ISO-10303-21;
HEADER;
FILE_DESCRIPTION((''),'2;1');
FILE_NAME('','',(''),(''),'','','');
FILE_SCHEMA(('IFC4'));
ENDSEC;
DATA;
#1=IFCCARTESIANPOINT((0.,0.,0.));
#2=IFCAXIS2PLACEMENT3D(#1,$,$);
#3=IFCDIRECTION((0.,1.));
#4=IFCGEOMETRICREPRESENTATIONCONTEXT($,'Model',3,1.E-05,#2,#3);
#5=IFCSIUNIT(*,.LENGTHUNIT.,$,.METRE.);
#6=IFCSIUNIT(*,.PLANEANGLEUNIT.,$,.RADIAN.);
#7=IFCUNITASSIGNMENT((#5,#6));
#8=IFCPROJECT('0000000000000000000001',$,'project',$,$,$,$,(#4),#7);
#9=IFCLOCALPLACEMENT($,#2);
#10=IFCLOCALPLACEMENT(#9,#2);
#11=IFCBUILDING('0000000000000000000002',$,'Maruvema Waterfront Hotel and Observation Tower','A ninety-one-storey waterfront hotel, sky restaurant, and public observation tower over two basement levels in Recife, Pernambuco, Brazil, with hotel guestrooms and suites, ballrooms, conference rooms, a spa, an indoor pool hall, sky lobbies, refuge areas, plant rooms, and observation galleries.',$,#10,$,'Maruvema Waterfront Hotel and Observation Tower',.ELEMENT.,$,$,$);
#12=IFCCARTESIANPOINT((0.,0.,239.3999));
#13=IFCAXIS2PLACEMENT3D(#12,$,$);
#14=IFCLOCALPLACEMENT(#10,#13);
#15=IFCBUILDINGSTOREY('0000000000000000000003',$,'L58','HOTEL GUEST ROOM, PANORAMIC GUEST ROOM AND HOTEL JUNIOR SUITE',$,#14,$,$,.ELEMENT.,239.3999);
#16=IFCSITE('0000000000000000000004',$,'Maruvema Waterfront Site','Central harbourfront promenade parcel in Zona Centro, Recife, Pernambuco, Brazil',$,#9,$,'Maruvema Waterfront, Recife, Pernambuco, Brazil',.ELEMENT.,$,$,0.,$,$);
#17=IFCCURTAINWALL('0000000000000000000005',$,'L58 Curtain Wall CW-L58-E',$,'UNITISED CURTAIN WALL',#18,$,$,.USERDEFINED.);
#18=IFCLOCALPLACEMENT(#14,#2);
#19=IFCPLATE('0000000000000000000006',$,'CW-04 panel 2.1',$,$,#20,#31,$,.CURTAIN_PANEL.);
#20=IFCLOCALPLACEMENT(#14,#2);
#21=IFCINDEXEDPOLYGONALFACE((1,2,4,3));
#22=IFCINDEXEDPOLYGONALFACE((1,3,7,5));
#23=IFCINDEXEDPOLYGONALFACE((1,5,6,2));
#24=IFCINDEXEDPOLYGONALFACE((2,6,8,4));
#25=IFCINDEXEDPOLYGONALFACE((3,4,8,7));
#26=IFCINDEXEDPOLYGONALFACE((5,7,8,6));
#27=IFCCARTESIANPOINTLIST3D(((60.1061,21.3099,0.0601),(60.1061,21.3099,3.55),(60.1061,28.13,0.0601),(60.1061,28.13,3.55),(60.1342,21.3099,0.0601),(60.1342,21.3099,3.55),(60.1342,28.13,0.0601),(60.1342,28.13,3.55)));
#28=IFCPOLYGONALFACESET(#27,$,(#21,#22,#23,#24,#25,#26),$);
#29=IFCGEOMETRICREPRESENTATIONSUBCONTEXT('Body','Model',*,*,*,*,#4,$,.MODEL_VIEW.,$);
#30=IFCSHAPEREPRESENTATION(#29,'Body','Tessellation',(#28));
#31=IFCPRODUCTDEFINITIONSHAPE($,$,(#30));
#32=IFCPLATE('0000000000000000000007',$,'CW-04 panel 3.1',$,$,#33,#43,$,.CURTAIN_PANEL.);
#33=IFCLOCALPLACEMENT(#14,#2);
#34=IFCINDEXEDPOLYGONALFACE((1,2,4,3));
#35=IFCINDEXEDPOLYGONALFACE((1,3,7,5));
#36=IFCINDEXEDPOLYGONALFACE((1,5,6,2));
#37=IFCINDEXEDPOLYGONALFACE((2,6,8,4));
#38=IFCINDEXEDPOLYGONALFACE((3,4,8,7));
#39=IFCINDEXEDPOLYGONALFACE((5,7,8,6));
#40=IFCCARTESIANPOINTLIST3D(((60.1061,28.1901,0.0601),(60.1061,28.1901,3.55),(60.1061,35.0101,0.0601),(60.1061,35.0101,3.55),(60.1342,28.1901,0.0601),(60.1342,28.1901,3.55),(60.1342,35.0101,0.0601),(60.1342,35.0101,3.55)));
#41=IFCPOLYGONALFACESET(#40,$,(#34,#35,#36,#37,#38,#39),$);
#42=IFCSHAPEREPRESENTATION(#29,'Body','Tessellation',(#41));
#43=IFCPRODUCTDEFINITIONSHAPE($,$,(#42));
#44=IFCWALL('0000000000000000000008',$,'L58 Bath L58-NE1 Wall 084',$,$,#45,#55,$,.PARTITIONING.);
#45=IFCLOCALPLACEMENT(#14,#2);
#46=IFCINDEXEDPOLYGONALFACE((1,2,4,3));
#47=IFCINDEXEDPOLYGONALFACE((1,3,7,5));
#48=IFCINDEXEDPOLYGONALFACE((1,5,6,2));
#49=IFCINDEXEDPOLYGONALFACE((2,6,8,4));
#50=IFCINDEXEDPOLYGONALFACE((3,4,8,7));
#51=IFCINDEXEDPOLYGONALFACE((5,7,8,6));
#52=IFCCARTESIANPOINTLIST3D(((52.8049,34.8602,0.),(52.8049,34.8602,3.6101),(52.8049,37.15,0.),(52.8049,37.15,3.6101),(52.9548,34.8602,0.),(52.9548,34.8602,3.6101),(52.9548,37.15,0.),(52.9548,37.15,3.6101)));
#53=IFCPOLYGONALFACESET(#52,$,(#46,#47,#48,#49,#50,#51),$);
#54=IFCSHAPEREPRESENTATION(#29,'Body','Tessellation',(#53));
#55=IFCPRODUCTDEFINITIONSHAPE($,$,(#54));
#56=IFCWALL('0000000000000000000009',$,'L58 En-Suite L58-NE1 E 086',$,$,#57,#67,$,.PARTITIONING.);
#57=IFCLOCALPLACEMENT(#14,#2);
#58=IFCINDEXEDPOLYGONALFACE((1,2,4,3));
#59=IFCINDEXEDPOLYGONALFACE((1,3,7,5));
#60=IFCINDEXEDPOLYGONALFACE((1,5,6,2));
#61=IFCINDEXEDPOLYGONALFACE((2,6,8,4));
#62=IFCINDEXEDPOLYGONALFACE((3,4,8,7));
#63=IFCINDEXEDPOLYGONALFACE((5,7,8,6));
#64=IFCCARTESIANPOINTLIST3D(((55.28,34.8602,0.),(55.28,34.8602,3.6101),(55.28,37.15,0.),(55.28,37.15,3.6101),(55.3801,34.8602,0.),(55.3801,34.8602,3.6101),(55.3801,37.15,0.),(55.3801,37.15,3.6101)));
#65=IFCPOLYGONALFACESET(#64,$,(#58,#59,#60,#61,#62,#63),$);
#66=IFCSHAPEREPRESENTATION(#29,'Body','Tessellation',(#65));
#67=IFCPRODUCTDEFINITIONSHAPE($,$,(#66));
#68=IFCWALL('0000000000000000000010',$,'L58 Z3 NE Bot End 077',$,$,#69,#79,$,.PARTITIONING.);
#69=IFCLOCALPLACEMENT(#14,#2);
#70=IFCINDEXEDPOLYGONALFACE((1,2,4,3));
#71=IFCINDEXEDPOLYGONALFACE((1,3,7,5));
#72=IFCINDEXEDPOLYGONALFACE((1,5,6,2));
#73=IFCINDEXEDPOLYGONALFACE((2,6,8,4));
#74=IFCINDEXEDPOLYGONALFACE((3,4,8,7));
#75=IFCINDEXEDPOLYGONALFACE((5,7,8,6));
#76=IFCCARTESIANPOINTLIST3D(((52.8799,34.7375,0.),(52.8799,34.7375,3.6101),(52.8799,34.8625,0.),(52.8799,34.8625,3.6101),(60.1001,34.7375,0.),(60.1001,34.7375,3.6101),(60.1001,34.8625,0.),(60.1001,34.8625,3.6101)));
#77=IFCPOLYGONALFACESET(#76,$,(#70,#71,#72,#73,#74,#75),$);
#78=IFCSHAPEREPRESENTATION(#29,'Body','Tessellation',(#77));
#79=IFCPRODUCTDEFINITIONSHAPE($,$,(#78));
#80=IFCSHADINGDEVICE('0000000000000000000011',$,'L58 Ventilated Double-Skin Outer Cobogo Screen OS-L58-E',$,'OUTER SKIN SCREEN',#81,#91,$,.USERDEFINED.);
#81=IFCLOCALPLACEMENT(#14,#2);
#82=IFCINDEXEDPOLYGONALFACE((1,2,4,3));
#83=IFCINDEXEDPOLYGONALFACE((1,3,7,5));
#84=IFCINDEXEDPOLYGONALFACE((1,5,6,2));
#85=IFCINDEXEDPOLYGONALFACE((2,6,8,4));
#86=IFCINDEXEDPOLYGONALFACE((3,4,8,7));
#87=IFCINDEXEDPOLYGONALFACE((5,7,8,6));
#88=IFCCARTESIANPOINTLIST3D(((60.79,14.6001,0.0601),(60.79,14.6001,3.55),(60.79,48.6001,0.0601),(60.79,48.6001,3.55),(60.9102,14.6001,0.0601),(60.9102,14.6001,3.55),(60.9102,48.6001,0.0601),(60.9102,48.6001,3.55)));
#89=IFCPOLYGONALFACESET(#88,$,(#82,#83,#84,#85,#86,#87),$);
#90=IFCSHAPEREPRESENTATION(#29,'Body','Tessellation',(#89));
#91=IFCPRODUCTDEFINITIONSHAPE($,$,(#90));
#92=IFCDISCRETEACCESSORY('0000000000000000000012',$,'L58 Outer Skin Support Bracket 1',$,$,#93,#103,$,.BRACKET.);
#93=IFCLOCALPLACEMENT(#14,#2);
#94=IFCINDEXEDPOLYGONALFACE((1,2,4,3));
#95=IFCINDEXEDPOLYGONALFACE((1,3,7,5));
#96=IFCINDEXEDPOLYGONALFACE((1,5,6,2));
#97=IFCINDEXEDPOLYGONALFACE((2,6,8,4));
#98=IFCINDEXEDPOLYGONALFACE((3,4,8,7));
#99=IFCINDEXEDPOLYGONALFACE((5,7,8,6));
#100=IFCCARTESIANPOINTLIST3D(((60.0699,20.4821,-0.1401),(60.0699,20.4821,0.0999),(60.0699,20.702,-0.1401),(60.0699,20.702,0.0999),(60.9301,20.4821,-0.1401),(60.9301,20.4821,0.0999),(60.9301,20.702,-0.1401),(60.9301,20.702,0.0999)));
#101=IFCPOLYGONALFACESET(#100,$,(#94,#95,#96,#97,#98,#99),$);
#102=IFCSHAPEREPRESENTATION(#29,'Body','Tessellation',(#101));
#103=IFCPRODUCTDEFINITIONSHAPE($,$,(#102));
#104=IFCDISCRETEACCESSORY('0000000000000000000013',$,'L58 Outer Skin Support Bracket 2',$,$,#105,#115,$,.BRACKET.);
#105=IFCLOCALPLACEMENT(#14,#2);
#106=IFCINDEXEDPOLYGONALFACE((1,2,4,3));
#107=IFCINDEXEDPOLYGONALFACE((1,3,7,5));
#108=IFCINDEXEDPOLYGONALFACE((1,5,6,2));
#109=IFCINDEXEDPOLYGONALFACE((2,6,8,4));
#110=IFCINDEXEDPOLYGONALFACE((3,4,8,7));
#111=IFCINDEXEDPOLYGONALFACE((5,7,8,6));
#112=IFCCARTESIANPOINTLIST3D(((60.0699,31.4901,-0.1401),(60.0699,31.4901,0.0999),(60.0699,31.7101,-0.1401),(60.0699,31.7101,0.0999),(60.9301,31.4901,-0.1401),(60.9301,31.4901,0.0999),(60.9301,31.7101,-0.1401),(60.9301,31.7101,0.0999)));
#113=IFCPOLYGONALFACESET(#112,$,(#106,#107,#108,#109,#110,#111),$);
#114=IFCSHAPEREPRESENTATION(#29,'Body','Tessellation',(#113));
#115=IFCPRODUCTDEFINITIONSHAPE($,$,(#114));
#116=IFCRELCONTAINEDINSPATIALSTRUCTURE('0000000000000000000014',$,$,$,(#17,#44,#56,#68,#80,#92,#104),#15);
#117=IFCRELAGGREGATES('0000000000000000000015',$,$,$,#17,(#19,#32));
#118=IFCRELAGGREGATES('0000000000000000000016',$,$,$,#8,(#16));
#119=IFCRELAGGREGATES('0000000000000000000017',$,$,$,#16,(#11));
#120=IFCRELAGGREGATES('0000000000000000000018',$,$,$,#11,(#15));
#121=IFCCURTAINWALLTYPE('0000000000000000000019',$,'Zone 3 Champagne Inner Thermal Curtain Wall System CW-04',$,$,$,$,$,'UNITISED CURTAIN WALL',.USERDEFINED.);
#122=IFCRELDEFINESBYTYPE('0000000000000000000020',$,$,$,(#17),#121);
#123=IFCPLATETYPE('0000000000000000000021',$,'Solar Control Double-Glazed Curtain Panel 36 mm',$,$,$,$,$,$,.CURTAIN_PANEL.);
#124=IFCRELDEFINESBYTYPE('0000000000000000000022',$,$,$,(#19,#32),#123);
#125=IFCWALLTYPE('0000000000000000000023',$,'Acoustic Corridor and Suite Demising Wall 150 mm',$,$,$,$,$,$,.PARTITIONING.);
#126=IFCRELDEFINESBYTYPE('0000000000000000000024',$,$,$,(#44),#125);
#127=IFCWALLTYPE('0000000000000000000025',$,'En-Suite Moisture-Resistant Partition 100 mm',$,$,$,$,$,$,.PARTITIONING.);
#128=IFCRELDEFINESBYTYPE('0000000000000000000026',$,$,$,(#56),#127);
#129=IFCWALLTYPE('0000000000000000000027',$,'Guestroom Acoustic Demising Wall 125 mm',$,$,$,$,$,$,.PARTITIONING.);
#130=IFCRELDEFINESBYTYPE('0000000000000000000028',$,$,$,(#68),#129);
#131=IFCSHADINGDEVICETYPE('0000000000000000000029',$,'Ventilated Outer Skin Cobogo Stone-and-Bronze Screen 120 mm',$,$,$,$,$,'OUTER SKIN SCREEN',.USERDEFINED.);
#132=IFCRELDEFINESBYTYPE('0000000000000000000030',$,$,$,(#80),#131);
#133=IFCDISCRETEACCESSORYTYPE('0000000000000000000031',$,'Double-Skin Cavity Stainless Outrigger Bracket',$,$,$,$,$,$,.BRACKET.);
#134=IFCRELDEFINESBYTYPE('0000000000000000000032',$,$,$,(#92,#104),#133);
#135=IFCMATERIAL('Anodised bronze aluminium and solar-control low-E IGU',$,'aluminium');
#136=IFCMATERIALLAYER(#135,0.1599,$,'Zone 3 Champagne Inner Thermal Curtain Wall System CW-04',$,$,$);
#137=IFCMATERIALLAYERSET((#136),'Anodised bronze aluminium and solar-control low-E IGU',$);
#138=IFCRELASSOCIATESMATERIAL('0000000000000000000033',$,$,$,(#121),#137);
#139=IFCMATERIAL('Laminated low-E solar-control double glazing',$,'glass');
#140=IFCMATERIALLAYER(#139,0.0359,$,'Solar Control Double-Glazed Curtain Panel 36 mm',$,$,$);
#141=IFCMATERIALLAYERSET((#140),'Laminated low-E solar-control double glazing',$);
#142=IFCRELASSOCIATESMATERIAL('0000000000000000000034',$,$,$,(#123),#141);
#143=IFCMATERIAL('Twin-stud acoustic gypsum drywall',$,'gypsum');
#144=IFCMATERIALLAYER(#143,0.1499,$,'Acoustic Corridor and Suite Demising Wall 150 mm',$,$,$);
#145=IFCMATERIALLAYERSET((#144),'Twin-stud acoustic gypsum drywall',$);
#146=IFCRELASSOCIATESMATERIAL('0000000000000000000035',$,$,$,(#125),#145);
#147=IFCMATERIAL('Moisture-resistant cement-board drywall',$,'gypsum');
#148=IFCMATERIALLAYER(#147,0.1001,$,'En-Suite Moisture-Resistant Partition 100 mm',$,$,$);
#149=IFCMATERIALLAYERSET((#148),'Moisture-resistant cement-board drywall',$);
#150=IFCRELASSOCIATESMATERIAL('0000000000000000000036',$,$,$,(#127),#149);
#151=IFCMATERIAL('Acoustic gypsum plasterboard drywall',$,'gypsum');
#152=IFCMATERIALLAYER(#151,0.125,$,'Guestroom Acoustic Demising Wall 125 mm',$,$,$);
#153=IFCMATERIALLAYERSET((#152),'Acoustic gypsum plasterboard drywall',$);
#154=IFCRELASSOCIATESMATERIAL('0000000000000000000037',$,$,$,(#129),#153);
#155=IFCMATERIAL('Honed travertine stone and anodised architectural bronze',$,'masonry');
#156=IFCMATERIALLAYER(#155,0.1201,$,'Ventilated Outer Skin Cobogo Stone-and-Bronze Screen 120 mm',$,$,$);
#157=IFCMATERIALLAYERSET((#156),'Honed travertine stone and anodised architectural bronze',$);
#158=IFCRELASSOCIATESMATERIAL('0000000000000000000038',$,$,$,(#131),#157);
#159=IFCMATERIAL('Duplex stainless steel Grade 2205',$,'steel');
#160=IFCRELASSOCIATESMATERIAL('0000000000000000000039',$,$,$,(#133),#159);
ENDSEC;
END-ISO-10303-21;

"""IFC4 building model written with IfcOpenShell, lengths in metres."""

from ifc_helpers import new_model, si_unit, direction, frame, frame_2d, origin, origin_2d, place, context, subcontext, project, spatial, rectangle, extrude, material, layer, layer_set, type_object, element, aggregate, save


model = new_model("IFC4")

# Units and contexts
model_context = context("Model", 3, precision=1e-05, world=origin(), true_north=direction((0.0, 1.0)))
body_context = subcontext(model_context, "Body", "Model", "MODEL_VIEW")
ifc_project = project(units=[si_unit("LENGTHUNIT", "METRE"), si_unit("PLANEANGLEUNIT", "RADIAN")], contexts=[model_context])

# Site, building, storey
site_placement = place(None, origin())
site = spatial("IfcSite", under=ifc_project, at=site_placement, Name="Maruvema Waterfront Site", Description="Central harbourfront promenade parcel in Zona Centro, Recife, Pernambuco, Brazil", LongName="Maruvema Waterfront, Recife, Pernambuco, Brazil", CompositionType="ELEMENT", RefElevation=0.0)
building_placement = place(site_placement, origin())
building = spatial("IfcBuilding", under=site, at=building_placement, Name="Maruvema Waterfront Hotel and Observation Tower", Description="A ninety-one-storey waterfront hotel, sky restaurant, and public observation tower over two basement levels in Recife, Pernambuco, Brazil, with hotel guestrooms and suites, ballrooms, conference rooms, a spa, an indoor pool hall, sky lobbies, refuge areas, plant rooms, and observation galleries.", LongName="Maruvema Waterfront Hotel and Observation Tower", CompositionType="ELEMENT")
storey_placement = place(building_placement, frame((0.0, 0.0, 239.3999)))
storey = spatial("IfcBuildingStorey", under=building, at=storey_placement, Name="L58", Description="HOTEL GUEST ROOM, PANORAMIC GUEST ROOM AND HOTEL JUNIOR SUITE", CompositionType="ELEMENT", Elevation=239.3999)

# Curtain wall
ifc_material_1 = material(Name="Anodised bronze aluminium and solar-control low-E IGU", Category="aluminium")
ifc_layer_1 = layer(ifc_material_1, 0.1599, Name="Zone 3 Champagne Inner Thermal Curtain Wall System CW-04")
ifc_layer_set_1 = layer_set([ifc_layer_1], Name="Anodised bronze aluminium and solar-control low-E IGU")
curtain_wall_type = type_object("IfcCurtainWallType", Name="Zone 3 Champagne Inner Thermal Curtain Wall System CW-04", ElementType="UNITISED CURTAIN WALL", PredefinedType="USERDEFINED", material=ifc_layer_set_1)
curtain_wall_placement = place(storey_placement, origin())
curtain_wall = element("IfcCurtainWall", 1, at=curtain_wall_placement, inside=storey, type_object=curtain_wall_type, Name="L58 Curtain Wall CW-L58-E", ObjectType="UNITISED CURTAIN WALL", PredefinedType="USERDEFINED")

# Plates
ifc_material_2 = material(Name="Laminated low-E solar-control double glazing", Category="glass")
ifc_layer_2 = layer(ifc_material_2, 0.0359, Name="Solar Control Double-Glazed Curtain Panel 36 mm")
ifc_layer_set_2 = layer_set([ifc_layer_2], Name="Laminated low-E solar-control double glazing")
plate_type = type_object("IfcPlateType", Name="Solar Control Double-Glazed Curtain Panel 36 mm", PredefinedType="CURTAIN_PANEL", material=ifc_layer_set_2)
plate_1_placement = place(storey_placement, frame((60.1201, 24.72, 0.0601), z_axis=(0.0, 0.0, 1.0), x_axis=(0.0, 1.0, 0.0)))
plate_1 = element("IfcPlate", 2, at=plate_1_placement, type_object=plate_type, Name="CW-04 panel 2.1", PredefinedType="CURTAIN_PANEL", context=body_context, shape_type="SweptSolid", body=[
    extrude(rectangle(XDim=6.8201, YDim=0.0281, at=origin_2d()), origin(), (0.0, 0.0, 1.0), 3.49),
])
plate_2_placement = place(storey_placement, frame((60.1201, 31.6001, 0.0601), z_axis=(0.0, 0.0, 1.0), x_axis=(0.0, 1.0, 0.0)))
plate_2 = element("IfcPlate", 3, at=plate_2_placement, type_object=plate_type, Name="CW-04 panel 3.1", PredefinedType="CURTAIN_PANEL", context=body_context, shape_type="SweptSolid", body=[
    extrude(rectangle(XDim=6.8201, YDim=0.0281, at=origin_2d()), origin(), (0.0, 0.0, 1.0), 3.49),
])
aggregate(curtain_wall, [plate_1, plate_2])

# Shared definitions
ifc_material_3 = material(Name="Twin-stud acoustic gypsum drywall", Category="gypsum")
ifc_layer_3 = layer(ifc_material_3, 0.1499, Name="Acoustic Corridor and Suite Demising Wall 150 mm")
ifc_layer_set_3 = layer_set([ifc_layer_3], Name="Twin-stud acoustic gypsum drywall")
wall_type_1 = type_object("IfcWallType", Name="Acoustic Corridor and Suite Demising Wall 150 mm", PredefinedType="PARTITIONING", material=ifc_layer_set_3)

# Walls
wall_1_placement = place(storey_placement, frame((52.8799, 34.8601, 0.0), z_axis=(0.0, 0.0, 1.0), x_axis=(0.0, 1.0, 0.0)))
element("IfcWall", 4, at=wall_1_placement, inside=storey, type_object=wall_type_1, Name="L58 Bath L58-NE1 Wall 084", PredefinedType="PARTITIONING", context=body_context, shape_type="SweptSolid", body=[
    extrude(rectangle(XDim=2.2898, YDim=0.1499, at=frame_2d((1.145, 0.0))), origin(), (0.0, 0.0, 1.0), 3.6101),
])
ifc_material_4 = material(Name="Moisture-resistant cement-board drywall", Category="gypsum")
ifc_layer_4 = layer(ifc_material_4, 0.1001, Name="En-Suite Moisture-Resistant Partition 100 mm")
ifc_layer_set_4 = layer_set([ifc_layer_4], Name="Moisture-resistant cement-board drywall")
wall_type_2 = type_object("IfcWallType", Name="En-Suite Moisture-Resistant Partition 100 mm", PredefinedType="PARTITIONING", material=ifc_layer_set_4)
wall_2_placement = place(storey_placement, frame((55.3301, 34.8601, 0.0), z_axis=(0.0, 0.0, 1.0), x_axis=(0.0, 1.0, 0.0)))
element("IfcWall", 5, at=wall_2_placement, inside=storey, type_object=wall_type_2, Name="L58 En-Suite L58-NE1 E 086", PredefinedType="PARTITIONING", context=body_context, shape_type="SweptSolid", body=[
    extrude(rectangle(XDim=2.2898, YDim=0.1001, at=frame_2d((1.145, 0.0))), origin(), (0.0, 0.0, 1.0), 3.6101),
])
ifc_material_5 = material(Name="Acoustic gypsum plasterboard drywall", Category="gypsum")
ifc_layer_5 = layer(ifc_material_5, 0.125, Name="Guestroom Acoustic Demising Wall 125 mm")
ifc_layer_set_5 = layer_set([ifc_layer_5], Name="Acoustic gypsum plasterboard drywall")
wall_type_3 = type_object("IfcWallType", Name="Guestroom Acoustic Demising Wall 125 mm", PredefinedType="PARTITIONING", material=ifc_layer_set_5)
wall_3_placement = place(storey_placement, frame((52.8799, 34.8, 0.0), z_axis=(0.0, 0.0, 1.0), x_axis=(1.0, 0.0, 0.0)))
element("IfcWall", 6, at=wall_3_placement, inside=storey, type_object=wall_type_3, Name="L58 Z3 NE Bot End 077", PredefinedType="PARTITIONING", context=body_context, shape_type="SweptSolid", body=[
    extrude(rectangle(XDim=7.2202, YDim=0.125, at=frame_2d((3.6101, 0.0))), origin(), (0.0, 0.0, 1.0), 3.6101),
])

# Shading device
ifc_material_6 = material(Name="Honed travertine stone and anodised architectural bronze", Category="masonry")
ifc_layer_6 = layer(ifc_material_6, 0.1201, Name="Ventilated Outer Skin Cobogo Stone-and-Bronze Screen 120 mm")
ifc_layer_set_6 = layer_set([ifc_layer_6], Name="Honed travertine stone and anodised architectural bronze")
shading_device_type = type_object("IfcShadingDeviceType", Name="Ventilated Outer Skin Cobogo Stone-and-Bronze Screen 120 mm", ElementType="OUTER SKIN SCREEN", PredefinedType="USERDEFINED", material=ifc_layer_set_6)
shading_device_placement = place(storey_placement, frame((60.8501, 31.6001, 0.0601), z_axis=(0.0, 0.0, 1.0), x_axis=(0.0, 1.0, 0.0)))
element("IfcShadingDevice", 7, at=shading_device_placement, inside=storey, type_object=shading_device_type, Name="L58 Ventilated Double-Skin Outer Cobogo Screen OS-L58-E", ObjectType="OUTER SKIN SCREEN", PredefinedType="USERDEFINED", context=body_context, shape_type="SweptSolid", body=[
    extrude(rectangle(XDim=34.0, YDim=0.1201, at=origin_2d()), origin(), (0.0, 0.0, 1.0), 3.49),
])

# Discrete accessories
ifc_material_7 = material(Name="Duplex stainless steel Grade 2205", Category="steel")
discrete_accessory_type = type_object("IfcDiscreteAccessoryType", Name="Double-Skin Cavity Stainless Outrigger Bracket", PredefinedType="BRACKET", material=ifc_material_7)
for number, where, z_axis, x_axis, name in (
    (8, (60.5, 20.592, -0.1401), (0.0, 0.0, 1.0), (0.0, 1.0, 0.0), "L58 Outer Skin Support Bracket 1"),
    (9, (60.5, 31.6001, -0.1401), (0.0, 0.0, 1.0), (0.0, 1.0, 0.0), "L58 Outer Skin Support Bracket 2"),
):
    element("IfcDiscreteAccessory", number, at=place(storey_placement, frame(where, z_axis=z_axis, x_axis=x_axis)), inside=storey, type_object=discrete_accessory_type, Name=name, PredefinedType="BRACKET", context=body_context, shape_type="SweptSolid", body=[
        extrude(rectangle(XDim=0.22, YDim=0.8601, at=origin_2d()), origin(), (0.0, 0.0, 1.0), 0.24),
    ])

save(model, "model.ifc")
